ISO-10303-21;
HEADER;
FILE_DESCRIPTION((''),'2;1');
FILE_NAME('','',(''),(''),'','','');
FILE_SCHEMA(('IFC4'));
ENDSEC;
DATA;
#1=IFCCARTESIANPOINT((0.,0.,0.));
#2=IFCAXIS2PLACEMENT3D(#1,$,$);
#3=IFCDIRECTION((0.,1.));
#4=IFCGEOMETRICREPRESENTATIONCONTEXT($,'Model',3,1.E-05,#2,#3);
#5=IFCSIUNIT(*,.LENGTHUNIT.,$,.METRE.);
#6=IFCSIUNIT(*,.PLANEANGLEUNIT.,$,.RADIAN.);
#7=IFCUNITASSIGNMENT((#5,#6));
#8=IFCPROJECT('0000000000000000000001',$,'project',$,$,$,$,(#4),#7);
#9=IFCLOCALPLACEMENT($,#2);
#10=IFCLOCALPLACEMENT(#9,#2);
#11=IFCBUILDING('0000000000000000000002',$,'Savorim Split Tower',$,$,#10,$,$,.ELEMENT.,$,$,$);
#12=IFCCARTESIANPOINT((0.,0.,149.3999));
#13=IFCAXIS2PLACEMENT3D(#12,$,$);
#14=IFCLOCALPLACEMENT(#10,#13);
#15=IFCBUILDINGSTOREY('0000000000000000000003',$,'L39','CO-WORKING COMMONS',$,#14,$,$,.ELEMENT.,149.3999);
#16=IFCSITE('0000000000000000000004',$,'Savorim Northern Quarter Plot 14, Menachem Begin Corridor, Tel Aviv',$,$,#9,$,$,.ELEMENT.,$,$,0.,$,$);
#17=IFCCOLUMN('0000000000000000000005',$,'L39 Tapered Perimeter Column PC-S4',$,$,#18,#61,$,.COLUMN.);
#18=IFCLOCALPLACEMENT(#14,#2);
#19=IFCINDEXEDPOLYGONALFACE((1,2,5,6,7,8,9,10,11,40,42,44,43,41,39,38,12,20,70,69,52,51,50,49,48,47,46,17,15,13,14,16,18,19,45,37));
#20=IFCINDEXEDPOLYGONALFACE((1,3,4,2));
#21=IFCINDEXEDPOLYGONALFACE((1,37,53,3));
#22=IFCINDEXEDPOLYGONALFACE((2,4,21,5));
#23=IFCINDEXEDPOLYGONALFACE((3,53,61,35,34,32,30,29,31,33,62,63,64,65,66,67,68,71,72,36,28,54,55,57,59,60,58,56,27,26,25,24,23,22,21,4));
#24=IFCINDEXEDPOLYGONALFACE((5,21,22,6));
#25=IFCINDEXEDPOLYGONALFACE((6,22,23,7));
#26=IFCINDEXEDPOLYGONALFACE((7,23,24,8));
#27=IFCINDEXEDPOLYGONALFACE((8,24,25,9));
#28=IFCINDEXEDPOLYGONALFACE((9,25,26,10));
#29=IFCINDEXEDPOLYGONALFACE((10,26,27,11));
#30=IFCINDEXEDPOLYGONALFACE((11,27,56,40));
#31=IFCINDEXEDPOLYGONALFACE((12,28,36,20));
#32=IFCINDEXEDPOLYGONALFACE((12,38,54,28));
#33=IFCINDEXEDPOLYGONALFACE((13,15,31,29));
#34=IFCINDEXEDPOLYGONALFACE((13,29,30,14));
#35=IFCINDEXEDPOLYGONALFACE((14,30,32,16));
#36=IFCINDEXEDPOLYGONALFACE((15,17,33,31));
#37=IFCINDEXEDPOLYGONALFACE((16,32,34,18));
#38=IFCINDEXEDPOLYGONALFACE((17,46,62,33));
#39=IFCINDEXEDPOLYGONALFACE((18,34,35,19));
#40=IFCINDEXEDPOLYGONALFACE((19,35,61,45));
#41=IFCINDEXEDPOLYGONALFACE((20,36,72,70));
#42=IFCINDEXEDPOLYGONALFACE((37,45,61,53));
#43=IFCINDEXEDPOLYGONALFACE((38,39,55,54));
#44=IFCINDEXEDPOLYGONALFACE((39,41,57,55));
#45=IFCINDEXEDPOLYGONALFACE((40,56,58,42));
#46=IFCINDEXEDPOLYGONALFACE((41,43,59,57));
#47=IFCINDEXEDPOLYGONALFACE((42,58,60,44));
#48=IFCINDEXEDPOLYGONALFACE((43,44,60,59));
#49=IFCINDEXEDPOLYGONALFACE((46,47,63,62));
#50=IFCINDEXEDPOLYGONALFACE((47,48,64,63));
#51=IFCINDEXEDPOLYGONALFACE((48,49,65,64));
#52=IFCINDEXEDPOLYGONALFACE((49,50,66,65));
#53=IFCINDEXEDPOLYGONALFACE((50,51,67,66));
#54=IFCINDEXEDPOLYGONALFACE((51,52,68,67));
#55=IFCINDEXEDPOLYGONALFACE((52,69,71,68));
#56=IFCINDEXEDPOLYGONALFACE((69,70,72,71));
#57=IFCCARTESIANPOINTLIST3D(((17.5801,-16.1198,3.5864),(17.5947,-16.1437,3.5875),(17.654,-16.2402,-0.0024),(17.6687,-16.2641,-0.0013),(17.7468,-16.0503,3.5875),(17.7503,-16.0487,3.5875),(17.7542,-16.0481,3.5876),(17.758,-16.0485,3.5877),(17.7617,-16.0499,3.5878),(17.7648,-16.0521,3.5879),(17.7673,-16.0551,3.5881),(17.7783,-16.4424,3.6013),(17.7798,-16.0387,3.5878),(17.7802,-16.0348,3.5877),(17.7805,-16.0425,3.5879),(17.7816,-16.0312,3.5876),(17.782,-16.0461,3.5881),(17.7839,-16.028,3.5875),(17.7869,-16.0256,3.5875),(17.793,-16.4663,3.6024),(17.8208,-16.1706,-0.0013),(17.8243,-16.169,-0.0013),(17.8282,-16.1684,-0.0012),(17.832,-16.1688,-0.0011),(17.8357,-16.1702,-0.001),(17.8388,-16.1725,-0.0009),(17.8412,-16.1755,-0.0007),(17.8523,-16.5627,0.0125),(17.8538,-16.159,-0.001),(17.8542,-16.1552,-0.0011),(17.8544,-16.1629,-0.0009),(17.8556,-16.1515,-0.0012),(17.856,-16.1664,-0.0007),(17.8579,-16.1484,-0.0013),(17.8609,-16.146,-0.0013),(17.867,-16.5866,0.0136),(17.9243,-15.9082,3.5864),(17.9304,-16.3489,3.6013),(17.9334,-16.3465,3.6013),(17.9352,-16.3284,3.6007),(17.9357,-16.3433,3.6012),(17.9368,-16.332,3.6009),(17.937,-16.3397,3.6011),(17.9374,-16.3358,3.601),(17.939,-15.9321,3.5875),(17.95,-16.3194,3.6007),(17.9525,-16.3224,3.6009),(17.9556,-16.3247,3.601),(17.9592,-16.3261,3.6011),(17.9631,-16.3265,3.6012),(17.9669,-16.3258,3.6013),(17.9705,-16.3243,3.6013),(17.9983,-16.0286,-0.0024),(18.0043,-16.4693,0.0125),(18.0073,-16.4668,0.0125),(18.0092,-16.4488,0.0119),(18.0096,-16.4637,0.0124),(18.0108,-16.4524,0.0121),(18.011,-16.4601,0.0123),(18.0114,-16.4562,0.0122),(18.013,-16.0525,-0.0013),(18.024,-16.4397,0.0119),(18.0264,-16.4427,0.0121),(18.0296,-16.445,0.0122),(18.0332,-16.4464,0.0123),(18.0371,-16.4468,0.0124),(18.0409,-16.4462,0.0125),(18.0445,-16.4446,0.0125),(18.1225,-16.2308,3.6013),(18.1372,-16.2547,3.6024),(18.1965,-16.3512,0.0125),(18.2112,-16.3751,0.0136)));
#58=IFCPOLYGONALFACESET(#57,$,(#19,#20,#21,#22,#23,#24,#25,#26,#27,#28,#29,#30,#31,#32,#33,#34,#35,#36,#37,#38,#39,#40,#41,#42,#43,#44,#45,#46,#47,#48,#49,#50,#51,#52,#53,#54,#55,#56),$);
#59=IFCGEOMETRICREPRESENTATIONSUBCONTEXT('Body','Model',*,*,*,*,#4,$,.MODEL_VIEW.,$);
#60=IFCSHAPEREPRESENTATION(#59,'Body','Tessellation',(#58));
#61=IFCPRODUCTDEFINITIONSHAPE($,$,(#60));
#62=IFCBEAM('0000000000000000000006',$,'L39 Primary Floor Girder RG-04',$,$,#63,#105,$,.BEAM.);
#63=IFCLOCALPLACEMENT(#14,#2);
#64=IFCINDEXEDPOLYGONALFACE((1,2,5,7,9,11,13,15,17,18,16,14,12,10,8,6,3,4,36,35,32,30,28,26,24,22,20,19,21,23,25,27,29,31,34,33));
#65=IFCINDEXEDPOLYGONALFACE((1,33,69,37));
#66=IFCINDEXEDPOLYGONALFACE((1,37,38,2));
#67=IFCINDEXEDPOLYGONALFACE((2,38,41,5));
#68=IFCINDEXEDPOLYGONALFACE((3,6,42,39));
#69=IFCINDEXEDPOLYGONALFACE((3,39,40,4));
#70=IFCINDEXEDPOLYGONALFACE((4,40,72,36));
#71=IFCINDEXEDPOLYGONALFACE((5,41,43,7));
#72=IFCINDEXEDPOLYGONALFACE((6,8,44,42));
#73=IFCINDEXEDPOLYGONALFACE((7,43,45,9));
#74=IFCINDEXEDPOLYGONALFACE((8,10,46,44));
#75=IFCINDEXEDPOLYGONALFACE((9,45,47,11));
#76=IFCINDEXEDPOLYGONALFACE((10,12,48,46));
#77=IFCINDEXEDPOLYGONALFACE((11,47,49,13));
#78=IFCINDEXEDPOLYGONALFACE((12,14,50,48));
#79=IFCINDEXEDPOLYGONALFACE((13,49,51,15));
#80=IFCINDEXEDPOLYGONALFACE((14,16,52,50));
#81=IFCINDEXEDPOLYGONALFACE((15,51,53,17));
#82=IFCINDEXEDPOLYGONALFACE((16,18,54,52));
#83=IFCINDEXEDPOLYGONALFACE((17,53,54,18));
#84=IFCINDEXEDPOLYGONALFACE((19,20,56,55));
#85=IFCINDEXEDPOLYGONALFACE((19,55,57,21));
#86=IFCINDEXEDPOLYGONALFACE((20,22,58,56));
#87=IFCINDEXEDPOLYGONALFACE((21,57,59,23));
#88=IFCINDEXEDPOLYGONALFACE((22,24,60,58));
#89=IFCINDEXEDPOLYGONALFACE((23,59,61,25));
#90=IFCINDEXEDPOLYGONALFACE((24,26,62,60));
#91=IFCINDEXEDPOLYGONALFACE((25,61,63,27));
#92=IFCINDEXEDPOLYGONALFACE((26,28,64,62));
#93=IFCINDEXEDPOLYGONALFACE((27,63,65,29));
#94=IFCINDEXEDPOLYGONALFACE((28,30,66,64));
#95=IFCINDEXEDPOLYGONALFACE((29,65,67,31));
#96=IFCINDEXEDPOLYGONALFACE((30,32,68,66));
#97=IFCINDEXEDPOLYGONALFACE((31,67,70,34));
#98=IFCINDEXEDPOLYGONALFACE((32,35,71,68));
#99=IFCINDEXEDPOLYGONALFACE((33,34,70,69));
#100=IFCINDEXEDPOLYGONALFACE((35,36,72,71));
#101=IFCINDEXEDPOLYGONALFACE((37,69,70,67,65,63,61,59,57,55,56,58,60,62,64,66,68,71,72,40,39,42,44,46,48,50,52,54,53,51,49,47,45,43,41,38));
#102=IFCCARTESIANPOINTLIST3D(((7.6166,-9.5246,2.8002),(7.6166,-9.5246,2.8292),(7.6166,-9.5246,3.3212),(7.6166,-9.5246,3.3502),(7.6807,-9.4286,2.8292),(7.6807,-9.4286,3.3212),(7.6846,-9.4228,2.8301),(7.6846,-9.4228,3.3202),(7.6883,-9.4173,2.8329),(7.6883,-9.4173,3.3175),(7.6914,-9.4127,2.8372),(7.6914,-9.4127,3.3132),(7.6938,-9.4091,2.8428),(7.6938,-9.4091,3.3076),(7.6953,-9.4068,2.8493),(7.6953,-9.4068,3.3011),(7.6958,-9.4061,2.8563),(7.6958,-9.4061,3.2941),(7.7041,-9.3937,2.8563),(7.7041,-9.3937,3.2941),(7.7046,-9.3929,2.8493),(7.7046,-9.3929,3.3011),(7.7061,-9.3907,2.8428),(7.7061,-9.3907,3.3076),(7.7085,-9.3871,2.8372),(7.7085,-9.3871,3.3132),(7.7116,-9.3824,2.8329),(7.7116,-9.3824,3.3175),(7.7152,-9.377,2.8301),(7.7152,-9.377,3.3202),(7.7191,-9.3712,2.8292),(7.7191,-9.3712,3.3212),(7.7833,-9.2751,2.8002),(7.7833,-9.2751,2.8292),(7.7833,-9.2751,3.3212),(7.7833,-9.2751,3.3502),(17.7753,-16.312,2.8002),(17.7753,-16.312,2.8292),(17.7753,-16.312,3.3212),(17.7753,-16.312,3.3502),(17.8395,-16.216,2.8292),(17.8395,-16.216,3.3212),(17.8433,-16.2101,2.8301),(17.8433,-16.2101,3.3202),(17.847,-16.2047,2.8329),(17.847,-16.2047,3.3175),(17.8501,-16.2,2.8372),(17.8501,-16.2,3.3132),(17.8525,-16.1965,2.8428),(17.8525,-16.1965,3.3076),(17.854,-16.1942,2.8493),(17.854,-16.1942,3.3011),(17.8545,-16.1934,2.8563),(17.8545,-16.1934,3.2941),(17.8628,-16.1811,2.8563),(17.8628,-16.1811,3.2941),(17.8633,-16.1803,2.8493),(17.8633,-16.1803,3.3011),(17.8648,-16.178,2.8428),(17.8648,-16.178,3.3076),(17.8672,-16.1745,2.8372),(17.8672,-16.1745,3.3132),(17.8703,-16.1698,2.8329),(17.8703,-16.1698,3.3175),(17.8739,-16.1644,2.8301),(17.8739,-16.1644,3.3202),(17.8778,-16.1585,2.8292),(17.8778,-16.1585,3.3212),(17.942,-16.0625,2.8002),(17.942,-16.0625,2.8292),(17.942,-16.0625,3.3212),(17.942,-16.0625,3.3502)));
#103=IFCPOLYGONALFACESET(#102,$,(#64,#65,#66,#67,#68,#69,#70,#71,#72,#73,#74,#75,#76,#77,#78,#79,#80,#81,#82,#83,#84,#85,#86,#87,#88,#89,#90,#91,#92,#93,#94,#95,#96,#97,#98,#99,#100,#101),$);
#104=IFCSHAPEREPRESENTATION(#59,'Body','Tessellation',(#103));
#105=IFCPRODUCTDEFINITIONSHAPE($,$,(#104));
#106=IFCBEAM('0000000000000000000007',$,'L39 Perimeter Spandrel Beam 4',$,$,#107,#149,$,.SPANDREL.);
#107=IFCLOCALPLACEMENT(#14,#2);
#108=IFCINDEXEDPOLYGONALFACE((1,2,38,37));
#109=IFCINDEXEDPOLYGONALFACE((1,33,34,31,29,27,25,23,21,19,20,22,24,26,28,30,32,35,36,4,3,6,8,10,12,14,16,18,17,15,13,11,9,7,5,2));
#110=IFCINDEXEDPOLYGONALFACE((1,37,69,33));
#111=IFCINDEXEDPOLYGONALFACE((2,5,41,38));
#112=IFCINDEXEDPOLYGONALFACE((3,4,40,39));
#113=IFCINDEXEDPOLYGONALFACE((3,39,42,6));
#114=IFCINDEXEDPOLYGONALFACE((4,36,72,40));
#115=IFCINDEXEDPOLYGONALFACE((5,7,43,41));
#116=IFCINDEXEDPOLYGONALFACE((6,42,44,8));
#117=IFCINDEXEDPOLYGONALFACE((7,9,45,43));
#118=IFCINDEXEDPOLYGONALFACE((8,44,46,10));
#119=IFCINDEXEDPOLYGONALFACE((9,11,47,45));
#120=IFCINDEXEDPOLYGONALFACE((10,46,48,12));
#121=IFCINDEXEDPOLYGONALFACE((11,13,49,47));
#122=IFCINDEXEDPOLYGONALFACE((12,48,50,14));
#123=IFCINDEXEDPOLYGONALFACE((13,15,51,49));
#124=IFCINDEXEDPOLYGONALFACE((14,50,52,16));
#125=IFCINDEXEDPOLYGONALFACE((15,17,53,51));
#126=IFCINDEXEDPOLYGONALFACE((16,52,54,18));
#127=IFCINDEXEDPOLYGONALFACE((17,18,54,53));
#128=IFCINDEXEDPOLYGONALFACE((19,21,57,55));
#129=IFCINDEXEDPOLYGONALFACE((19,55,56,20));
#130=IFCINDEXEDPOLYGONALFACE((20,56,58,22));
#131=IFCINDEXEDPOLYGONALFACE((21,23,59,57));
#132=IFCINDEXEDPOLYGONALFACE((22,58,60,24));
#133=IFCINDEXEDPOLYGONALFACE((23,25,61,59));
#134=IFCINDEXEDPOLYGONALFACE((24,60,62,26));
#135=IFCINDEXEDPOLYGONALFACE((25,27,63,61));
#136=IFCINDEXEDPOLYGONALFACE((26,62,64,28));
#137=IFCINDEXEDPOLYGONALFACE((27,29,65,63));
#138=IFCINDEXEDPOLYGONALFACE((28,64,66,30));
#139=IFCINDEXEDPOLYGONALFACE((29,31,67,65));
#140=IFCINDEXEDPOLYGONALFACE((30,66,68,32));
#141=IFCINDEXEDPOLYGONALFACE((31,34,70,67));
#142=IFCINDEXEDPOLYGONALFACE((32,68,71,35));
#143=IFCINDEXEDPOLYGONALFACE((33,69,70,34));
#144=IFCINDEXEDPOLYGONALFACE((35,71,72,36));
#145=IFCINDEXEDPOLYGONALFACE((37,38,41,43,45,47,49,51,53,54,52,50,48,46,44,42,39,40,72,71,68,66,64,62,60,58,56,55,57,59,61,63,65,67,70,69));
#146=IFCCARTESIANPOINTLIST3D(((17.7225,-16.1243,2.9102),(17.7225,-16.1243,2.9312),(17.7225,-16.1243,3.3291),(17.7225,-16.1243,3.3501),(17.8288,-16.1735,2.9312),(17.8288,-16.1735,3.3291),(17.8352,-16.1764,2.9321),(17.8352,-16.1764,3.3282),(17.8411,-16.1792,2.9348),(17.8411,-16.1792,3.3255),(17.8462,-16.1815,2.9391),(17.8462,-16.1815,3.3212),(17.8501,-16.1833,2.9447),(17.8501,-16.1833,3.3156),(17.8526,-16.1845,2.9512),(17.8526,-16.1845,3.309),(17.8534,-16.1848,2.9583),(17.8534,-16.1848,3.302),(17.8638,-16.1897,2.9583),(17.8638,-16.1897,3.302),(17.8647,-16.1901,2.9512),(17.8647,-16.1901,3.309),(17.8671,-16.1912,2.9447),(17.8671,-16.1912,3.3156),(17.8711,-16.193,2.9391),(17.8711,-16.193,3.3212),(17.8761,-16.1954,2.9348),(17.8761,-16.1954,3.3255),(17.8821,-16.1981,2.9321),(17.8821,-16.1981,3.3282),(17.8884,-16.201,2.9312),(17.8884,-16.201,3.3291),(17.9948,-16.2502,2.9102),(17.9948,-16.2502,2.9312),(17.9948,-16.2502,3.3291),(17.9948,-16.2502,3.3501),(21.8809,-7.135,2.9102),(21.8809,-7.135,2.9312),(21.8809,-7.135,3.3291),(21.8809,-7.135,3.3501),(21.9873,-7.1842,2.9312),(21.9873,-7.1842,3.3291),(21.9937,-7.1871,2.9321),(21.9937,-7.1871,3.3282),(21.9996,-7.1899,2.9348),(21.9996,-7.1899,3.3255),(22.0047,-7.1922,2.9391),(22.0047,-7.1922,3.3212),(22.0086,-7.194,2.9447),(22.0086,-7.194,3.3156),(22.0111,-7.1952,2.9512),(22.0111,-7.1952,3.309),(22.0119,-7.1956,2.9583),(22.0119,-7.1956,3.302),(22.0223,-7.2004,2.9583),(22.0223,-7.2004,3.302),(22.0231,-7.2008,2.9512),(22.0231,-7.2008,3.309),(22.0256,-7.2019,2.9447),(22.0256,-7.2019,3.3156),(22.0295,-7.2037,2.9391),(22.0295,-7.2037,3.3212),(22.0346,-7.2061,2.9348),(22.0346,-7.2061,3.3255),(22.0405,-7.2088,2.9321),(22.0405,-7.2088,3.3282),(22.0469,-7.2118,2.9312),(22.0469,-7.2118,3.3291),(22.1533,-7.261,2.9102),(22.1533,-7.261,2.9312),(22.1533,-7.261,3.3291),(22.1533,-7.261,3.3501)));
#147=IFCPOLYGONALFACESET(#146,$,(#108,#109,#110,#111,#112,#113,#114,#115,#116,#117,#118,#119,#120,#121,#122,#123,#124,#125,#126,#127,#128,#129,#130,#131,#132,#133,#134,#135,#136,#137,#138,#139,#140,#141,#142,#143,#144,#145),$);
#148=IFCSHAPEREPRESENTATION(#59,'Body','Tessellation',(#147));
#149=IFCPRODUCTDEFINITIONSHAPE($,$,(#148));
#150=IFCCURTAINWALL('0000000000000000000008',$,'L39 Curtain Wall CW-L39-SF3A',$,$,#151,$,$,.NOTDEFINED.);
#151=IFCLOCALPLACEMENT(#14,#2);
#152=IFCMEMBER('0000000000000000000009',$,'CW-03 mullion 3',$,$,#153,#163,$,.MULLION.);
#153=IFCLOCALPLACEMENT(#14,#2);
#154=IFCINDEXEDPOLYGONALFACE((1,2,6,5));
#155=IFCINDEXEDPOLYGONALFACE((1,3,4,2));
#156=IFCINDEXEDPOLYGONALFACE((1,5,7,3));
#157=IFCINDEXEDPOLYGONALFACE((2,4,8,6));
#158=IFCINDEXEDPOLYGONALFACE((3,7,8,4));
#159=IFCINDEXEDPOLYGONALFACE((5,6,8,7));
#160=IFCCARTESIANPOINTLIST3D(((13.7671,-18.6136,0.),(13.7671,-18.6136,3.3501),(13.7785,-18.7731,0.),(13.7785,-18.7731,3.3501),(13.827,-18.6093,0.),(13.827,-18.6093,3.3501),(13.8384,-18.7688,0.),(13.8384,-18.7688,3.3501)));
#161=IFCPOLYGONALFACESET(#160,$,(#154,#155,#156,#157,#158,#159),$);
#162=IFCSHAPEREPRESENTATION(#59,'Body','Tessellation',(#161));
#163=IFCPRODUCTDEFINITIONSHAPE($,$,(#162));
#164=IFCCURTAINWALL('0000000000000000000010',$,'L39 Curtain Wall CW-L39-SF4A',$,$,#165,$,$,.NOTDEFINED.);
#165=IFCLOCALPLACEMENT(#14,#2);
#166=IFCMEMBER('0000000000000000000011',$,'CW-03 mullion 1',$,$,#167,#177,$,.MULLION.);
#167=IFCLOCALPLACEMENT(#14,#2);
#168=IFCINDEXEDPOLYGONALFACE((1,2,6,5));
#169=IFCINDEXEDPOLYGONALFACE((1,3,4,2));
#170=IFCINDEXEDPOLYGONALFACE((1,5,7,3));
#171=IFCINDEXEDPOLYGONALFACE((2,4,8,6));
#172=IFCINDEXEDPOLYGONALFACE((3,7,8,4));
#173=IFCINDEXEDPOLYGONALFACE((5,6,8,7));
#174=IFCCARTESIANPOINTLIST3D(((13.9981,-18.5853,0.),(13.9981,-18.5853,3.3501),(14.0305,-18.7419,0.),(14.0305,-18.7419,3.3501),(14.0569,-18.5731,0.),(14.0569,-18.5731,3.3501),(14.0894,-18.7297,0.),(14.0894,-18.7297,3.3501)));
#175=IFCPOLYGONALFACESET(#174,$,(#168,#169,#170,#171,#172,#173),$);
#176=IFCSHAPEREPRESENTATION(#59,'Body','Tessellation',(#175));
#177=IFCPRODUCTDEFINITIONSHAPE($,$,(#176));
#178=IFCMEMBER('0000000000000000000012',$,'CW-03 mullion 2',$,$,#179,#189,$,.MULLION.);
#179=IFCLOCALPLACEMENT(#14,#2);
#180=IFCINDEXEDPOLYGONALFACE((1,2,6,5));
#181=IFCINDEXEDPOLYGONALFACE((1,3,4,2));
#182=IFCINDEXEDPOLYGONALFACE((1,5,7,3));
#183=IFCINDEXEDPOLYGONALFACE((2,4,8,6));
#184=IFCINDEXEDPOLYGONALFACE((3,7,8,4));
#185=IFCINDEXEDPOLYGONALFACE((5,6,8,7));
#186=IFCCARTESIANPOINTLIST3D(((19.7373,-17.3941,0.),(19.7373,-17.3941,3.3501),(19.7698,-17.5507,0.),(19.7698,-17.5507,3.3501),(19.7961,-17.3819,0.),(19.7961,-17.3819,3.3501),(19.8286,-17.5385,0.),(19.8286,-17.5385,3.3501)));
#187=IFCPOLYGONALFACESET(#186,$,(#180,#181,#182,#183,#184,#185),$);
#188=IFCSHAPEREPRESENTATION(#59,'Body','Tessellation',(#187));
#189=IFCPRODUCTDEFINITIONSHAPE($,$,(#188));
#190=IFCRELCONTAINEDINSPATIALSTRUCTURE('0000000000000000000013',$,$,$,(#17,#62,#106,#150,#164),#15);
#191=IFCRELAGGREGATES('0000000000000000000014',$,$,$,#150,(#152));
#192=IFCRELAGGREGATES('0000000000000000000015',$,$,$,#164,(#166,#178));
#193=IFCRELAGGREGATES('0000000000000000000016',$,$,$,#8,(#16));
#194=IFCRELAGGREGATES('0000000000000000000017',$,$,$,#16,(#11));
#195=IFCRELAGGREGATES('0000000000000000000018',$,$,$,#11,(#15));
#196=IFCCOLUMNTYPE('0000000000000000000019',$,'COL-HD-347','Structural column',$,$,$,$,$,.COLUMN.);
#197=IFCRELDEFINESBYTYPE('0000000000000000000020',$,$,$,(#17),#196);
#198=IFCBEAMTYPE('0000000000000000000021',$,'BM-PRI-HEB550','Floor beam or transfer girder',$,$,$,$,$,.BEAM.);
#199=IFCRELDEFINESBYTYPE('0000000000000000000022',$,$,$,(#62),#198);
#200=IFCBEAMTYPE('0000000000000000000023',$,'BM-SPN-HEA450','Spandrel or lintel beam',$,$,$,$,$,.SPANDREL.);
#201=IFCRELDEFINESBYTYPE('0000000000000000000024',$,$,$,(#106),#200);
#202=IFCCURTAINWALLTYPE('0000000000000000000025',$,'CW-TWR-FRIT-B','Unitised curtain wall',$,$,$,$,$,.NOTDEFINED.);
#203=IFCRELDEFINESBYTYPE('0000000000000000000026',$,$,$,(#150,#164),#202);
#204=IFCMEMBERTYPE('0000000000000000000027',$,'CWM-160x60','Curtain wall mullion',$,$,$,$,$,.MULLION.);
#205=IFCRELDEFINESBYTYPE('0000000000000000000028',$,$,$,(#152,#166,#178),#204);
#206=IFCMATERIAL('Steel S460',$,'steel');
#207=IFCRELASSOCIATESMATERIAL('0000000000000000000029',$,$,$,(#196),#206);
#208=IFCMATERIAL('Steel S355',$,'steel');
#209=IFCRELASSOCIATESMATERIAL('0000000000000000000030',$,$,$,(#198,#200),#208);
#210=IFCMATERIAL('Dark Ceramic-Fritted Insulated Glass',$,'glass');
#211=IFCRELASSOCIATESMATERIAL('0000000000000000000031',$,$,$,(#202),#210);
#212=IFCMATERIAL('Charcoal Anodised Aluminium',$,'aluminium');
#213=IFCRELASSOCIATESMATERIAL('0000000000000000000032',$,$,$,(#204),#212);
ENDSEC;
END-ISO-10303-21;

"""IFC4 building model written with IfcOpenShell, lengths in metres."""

from ifc_helpers import new_model, si_unit, direction, frame, origin, origin_2d, place, context, subcontext, project, spatial, rectangle, i_section, extrude, material, material_profile, profile_set, type_object, element, aggregate, save


model = new_model("IFC4")

# Units and contexts
model_context = context("Model", 3, precision=1e-05, world=origin(), true_north=direction((0.0, 1.0)))
body_context = subcontext(model_context, "Body", "Model", "MODEL_VIEW")
ifc_project = project(units=[si_unit("LENGTHUNIT", "METRE"), si_unit("PLANEANGLEUNIT", "RADIAN")], contexts=[model_context])

# Site, building, storey
site_placement = place(None, origin())
site = spatial("IfcSite", under=ifc_project, at=site_placement, Name="Savorim Northern Quarter Plot 14, Menachem Begin Corridor, Tel Aviv", CompositionType="ELEMENT", RefElevation=0.0)
building_placement = place(site_placement, origin())
building = spatial("IfcBuilding", under=site, at=building_placement, Name="Savorim Split Tower", CompositionType="ELEMENT")
storey_placement = place(building_placement, frame((0.0, 0.0, 149.3999)))
storey = spatial("IfcBuildingStorey", under=building, at=storey_placement, Name="L39", Description="CO-WORKING COMMONS", CompositionType="ELEMENT", Elevation=149.3999)

# Column
ifc_material_1 = material(Name="Steel S460", Category="steel")
ifc_material_profile_1 = material_profile(ifc_material_1, i_section(OverallWidth=0.4041, OverallDepth=0.407, WebThickness=0.0173, FlangeThickness=0.0281, FilletRadius=0.0149, at=origin_2d()), Name="HD 400x347")
ifc_profile_set_1 = profile_set([ifc_material_profile_1], Name="Steel S460")
column_type = type_object("IfcColumnType", Name="COL-HD-347", Description="Structural column", PredefinedType="COLUMN", material=ifc_profile_set_1)
column_placement = place(storey_placement, frame((17.9326, -16.3076, 0.0056), z_axis=(-0.020596, 0.033511, 0.999226), x_axis=(-0.851955, -0.523615, 0.0)))
element("IfcColumn", 1, at=column_placement, inside=storey, type_object=column_type, Name="L39 Tapered Perimeter Column PC-S4", PredefinedType="COLUMN", context=body_context, shape_type="SweptSolid", body=[
    extrude(i_section(OverallWidth=0.4041, OverallDepth=0.407, WebThickness=0.0173, FlangeThickness=0.0281, FilletRadius=0.0149, at=origin_2d()), origin(), (0.0, 0.0, 1.0), 3.5916),
])

# Beams
ifc_material_2 = material(Name="Steel S355", Category="steel")
ifc_material_profile_2 = material_profile(ifc_material_2, i_section(OverallWidth=0.3, OverallDepth=0.55, WebThickness=0.0149, FlangeThickness=0.0291, FilletRadius=0.0271, at=origin_2d()), Name="HEB 550")
ifc_profile_set_2 = profile_set([ifc_material_profile_2], Name="Steel S355")
beam_type_1 = type_object("IfcBeamType", Name="BM-PRI-HEB550", Description="Floor beam or transfer girder", PredefinedType="BEAM", material=ifc_profile_set_2)
beam_1_placement = place(storey_placement, frame((17.8586, -16.1873, 3.0752), z_axis=(-0.831487, 0.555544, 0.0), x_axis=(-0.555544, -0.831487, 0.0)))
element("IfcBeam", 2, at=beam_1_placement, inside=storey, type_object=beam_type_1, Name="L39 Primary Floor Girder RG-04", PredefinedType="BEAM", context=body_context, shape_type="SweptSolid", body=[
    extrude(i_section(OverallWidth=0.3, OverallDepth=0.55, WebThickness=0.0149, FlangeThickness=0.0291, FilletRadius=0.0271, at=origin_2d()), origin(), (0.0, 0.0, 1.0), 12.2175),
])
ifc_material_profile_3 = material_profile(ifc_material_2, i_section(OverallWidth=0.3, OverallDepth=0.4399, WebThickness=0.0115, FlangeThickness=0.021, FilletRadius=0.0271, at=origin_2d()), Name="HEA 450")
ifc_profile_set_3 = profile_set([ifc_material_profile_3], Name="Steel S355")
beam_type_2 = type_object("IfcBeamType", Name="BM-SPN-HEA450", Description="Spandrel or lintel beam", PredefinedType="SPANDREL", material=ifc_profile_set_3)
beam_2_placement = place(storey_placement, frame((17.8586, -16.1873, 3.1301), z_axis=(0.419854, 0.907592, 0.0), x_axis=(-0.907592, 0.419854, 0.0)))
element("IfcBeam", 3, at=beam_2_placement, inside=storey, type_object=beam_type_2, Name="L39 Perimeter Spandrel Beam 4", PredefinedType="SPANDREL", context=body_context, shape_type="SweptSolid", body=[
    extrude(i_section(OverallWidth=0.3, OverallDepth=0.4399, WebThickness=0.0115, FlangeThickness=0.021, FilletRadius=0.0271, at=origin_2d()), origin(), (0.0, 0.0, 1.0), 9.9045),
])

# Curtain wall, member
ifc_material_3 = material(Name="Dark Ceramic-Fritted Insulated Glass", Category="glass")
curtain_wall_type = type_object("IfcCurtainWallType", Name="CW-TWR-FRIT-B", Description="Unitised curtain wall", PredefinedType="NOTDEFINED", material=ifc_material_3)
curtain_wall_1_placement = place(storey_placement, origin())
curtain_wall_1 = element("IfcCurtainWall", 4, at=curtain_wall_1_placement, inside=storey, type_object=curtain_wall_type, Name="L39 Curtain Wall CW-L39-SF3A", PredefinedType="NOTDEFINED")
ifc_material_4 = material(Name="Charcoal Anodised Aluminium", Category="aluminium")
ifc_material_profile_4 = material_profile(ifc_material_4, rectangle(XDim=0.1599, YDim=0.0601, at=origin_2d()), Name="ALU-M 160x60")
ifc_profile_set_4 = profile_set([ifc_material_profile_4], Name="Charcoal Anodised Aluminium")
member_type_1 = type_object("IfcMemberType", Name="CWM-160x60", Description="Curtain wall mullion", PredefinedType="MULLION", material=ifc_profile_set_4)
member_1_placement = place(storey_placement, frame((13.8027, -18.6912, 0.0), z_axis=(0.0, 0.0, 1.0), x_axis=(-0.071563, 0.997436, 0.0)))
member_1 = element("IfcMember", 5, at=member_1_placement, type_object=member_type_1, Name="CW-03 mullion 3", PredefinedType="MULLION", context=body_context, shape_type="SweptSolid", body=[
    extrude(rectangle(XDim=0.1599, YDim=0.0601, at=origin_2d()), origin(), (0.0, 0.0, 1.0), 3.3501),
])
aggregate(curtain_wall_1, [member_1])

# Curtain wall, members
curtain_wall_2_placement = place(storey_placement, origin())
curtain_wall_2 = element("IfcCurtainWall", 6, at=curtain_wall_2_placement, inside=storey, type_object=curtain_wall_type, Name="L39 Curtain Wall CW-L39-SF4A", PredefinedType="NOTDEFINED")
member_2_placement = place(storey_placement, frame((14.0437, -18.6575, 0.0), z_axis=(0.0, 0.0, 1.0), x_axis=(-0.203212, 0.979135, 0.0)))
member_2 = element("IfcMember", 7, at=member_2_placement, type_object=member_type_1, Name="CW-03 mullion 1", PredefinedType="MULLION", context=body_context, shape_type="SweptSolid", body=[
    extrude(rectangle(XDim=0.1599, YDim=0.0601, at=origin_2d()), origin(), (0.0, 0.0, 1.0), 3.3501),
])
member_3_placement = place(storey_placement, frame((19.783, -17.4663, 0.0), z_axis=(0.0, 0.0, 1.0), x_axis=(-0.203212, 0.979135, 0.0)))
member_3 = element("IfcMember", 8, at=member_3_placement, type_object=member_type_1, Name="CW-03 mullion 2", PredefinedType="MULLION", context=body_context, shape_type="SweptSolid", body=[
    extrude(rectangle(XDim=0.1599, YDim=0.0601, at=origin_2d()), origin(), (0.0, 0.0, 1.0), 3.3501),
])
aggregate(curtain_wall_2, [member_2, member_3])

save(model, "model.ifc")
